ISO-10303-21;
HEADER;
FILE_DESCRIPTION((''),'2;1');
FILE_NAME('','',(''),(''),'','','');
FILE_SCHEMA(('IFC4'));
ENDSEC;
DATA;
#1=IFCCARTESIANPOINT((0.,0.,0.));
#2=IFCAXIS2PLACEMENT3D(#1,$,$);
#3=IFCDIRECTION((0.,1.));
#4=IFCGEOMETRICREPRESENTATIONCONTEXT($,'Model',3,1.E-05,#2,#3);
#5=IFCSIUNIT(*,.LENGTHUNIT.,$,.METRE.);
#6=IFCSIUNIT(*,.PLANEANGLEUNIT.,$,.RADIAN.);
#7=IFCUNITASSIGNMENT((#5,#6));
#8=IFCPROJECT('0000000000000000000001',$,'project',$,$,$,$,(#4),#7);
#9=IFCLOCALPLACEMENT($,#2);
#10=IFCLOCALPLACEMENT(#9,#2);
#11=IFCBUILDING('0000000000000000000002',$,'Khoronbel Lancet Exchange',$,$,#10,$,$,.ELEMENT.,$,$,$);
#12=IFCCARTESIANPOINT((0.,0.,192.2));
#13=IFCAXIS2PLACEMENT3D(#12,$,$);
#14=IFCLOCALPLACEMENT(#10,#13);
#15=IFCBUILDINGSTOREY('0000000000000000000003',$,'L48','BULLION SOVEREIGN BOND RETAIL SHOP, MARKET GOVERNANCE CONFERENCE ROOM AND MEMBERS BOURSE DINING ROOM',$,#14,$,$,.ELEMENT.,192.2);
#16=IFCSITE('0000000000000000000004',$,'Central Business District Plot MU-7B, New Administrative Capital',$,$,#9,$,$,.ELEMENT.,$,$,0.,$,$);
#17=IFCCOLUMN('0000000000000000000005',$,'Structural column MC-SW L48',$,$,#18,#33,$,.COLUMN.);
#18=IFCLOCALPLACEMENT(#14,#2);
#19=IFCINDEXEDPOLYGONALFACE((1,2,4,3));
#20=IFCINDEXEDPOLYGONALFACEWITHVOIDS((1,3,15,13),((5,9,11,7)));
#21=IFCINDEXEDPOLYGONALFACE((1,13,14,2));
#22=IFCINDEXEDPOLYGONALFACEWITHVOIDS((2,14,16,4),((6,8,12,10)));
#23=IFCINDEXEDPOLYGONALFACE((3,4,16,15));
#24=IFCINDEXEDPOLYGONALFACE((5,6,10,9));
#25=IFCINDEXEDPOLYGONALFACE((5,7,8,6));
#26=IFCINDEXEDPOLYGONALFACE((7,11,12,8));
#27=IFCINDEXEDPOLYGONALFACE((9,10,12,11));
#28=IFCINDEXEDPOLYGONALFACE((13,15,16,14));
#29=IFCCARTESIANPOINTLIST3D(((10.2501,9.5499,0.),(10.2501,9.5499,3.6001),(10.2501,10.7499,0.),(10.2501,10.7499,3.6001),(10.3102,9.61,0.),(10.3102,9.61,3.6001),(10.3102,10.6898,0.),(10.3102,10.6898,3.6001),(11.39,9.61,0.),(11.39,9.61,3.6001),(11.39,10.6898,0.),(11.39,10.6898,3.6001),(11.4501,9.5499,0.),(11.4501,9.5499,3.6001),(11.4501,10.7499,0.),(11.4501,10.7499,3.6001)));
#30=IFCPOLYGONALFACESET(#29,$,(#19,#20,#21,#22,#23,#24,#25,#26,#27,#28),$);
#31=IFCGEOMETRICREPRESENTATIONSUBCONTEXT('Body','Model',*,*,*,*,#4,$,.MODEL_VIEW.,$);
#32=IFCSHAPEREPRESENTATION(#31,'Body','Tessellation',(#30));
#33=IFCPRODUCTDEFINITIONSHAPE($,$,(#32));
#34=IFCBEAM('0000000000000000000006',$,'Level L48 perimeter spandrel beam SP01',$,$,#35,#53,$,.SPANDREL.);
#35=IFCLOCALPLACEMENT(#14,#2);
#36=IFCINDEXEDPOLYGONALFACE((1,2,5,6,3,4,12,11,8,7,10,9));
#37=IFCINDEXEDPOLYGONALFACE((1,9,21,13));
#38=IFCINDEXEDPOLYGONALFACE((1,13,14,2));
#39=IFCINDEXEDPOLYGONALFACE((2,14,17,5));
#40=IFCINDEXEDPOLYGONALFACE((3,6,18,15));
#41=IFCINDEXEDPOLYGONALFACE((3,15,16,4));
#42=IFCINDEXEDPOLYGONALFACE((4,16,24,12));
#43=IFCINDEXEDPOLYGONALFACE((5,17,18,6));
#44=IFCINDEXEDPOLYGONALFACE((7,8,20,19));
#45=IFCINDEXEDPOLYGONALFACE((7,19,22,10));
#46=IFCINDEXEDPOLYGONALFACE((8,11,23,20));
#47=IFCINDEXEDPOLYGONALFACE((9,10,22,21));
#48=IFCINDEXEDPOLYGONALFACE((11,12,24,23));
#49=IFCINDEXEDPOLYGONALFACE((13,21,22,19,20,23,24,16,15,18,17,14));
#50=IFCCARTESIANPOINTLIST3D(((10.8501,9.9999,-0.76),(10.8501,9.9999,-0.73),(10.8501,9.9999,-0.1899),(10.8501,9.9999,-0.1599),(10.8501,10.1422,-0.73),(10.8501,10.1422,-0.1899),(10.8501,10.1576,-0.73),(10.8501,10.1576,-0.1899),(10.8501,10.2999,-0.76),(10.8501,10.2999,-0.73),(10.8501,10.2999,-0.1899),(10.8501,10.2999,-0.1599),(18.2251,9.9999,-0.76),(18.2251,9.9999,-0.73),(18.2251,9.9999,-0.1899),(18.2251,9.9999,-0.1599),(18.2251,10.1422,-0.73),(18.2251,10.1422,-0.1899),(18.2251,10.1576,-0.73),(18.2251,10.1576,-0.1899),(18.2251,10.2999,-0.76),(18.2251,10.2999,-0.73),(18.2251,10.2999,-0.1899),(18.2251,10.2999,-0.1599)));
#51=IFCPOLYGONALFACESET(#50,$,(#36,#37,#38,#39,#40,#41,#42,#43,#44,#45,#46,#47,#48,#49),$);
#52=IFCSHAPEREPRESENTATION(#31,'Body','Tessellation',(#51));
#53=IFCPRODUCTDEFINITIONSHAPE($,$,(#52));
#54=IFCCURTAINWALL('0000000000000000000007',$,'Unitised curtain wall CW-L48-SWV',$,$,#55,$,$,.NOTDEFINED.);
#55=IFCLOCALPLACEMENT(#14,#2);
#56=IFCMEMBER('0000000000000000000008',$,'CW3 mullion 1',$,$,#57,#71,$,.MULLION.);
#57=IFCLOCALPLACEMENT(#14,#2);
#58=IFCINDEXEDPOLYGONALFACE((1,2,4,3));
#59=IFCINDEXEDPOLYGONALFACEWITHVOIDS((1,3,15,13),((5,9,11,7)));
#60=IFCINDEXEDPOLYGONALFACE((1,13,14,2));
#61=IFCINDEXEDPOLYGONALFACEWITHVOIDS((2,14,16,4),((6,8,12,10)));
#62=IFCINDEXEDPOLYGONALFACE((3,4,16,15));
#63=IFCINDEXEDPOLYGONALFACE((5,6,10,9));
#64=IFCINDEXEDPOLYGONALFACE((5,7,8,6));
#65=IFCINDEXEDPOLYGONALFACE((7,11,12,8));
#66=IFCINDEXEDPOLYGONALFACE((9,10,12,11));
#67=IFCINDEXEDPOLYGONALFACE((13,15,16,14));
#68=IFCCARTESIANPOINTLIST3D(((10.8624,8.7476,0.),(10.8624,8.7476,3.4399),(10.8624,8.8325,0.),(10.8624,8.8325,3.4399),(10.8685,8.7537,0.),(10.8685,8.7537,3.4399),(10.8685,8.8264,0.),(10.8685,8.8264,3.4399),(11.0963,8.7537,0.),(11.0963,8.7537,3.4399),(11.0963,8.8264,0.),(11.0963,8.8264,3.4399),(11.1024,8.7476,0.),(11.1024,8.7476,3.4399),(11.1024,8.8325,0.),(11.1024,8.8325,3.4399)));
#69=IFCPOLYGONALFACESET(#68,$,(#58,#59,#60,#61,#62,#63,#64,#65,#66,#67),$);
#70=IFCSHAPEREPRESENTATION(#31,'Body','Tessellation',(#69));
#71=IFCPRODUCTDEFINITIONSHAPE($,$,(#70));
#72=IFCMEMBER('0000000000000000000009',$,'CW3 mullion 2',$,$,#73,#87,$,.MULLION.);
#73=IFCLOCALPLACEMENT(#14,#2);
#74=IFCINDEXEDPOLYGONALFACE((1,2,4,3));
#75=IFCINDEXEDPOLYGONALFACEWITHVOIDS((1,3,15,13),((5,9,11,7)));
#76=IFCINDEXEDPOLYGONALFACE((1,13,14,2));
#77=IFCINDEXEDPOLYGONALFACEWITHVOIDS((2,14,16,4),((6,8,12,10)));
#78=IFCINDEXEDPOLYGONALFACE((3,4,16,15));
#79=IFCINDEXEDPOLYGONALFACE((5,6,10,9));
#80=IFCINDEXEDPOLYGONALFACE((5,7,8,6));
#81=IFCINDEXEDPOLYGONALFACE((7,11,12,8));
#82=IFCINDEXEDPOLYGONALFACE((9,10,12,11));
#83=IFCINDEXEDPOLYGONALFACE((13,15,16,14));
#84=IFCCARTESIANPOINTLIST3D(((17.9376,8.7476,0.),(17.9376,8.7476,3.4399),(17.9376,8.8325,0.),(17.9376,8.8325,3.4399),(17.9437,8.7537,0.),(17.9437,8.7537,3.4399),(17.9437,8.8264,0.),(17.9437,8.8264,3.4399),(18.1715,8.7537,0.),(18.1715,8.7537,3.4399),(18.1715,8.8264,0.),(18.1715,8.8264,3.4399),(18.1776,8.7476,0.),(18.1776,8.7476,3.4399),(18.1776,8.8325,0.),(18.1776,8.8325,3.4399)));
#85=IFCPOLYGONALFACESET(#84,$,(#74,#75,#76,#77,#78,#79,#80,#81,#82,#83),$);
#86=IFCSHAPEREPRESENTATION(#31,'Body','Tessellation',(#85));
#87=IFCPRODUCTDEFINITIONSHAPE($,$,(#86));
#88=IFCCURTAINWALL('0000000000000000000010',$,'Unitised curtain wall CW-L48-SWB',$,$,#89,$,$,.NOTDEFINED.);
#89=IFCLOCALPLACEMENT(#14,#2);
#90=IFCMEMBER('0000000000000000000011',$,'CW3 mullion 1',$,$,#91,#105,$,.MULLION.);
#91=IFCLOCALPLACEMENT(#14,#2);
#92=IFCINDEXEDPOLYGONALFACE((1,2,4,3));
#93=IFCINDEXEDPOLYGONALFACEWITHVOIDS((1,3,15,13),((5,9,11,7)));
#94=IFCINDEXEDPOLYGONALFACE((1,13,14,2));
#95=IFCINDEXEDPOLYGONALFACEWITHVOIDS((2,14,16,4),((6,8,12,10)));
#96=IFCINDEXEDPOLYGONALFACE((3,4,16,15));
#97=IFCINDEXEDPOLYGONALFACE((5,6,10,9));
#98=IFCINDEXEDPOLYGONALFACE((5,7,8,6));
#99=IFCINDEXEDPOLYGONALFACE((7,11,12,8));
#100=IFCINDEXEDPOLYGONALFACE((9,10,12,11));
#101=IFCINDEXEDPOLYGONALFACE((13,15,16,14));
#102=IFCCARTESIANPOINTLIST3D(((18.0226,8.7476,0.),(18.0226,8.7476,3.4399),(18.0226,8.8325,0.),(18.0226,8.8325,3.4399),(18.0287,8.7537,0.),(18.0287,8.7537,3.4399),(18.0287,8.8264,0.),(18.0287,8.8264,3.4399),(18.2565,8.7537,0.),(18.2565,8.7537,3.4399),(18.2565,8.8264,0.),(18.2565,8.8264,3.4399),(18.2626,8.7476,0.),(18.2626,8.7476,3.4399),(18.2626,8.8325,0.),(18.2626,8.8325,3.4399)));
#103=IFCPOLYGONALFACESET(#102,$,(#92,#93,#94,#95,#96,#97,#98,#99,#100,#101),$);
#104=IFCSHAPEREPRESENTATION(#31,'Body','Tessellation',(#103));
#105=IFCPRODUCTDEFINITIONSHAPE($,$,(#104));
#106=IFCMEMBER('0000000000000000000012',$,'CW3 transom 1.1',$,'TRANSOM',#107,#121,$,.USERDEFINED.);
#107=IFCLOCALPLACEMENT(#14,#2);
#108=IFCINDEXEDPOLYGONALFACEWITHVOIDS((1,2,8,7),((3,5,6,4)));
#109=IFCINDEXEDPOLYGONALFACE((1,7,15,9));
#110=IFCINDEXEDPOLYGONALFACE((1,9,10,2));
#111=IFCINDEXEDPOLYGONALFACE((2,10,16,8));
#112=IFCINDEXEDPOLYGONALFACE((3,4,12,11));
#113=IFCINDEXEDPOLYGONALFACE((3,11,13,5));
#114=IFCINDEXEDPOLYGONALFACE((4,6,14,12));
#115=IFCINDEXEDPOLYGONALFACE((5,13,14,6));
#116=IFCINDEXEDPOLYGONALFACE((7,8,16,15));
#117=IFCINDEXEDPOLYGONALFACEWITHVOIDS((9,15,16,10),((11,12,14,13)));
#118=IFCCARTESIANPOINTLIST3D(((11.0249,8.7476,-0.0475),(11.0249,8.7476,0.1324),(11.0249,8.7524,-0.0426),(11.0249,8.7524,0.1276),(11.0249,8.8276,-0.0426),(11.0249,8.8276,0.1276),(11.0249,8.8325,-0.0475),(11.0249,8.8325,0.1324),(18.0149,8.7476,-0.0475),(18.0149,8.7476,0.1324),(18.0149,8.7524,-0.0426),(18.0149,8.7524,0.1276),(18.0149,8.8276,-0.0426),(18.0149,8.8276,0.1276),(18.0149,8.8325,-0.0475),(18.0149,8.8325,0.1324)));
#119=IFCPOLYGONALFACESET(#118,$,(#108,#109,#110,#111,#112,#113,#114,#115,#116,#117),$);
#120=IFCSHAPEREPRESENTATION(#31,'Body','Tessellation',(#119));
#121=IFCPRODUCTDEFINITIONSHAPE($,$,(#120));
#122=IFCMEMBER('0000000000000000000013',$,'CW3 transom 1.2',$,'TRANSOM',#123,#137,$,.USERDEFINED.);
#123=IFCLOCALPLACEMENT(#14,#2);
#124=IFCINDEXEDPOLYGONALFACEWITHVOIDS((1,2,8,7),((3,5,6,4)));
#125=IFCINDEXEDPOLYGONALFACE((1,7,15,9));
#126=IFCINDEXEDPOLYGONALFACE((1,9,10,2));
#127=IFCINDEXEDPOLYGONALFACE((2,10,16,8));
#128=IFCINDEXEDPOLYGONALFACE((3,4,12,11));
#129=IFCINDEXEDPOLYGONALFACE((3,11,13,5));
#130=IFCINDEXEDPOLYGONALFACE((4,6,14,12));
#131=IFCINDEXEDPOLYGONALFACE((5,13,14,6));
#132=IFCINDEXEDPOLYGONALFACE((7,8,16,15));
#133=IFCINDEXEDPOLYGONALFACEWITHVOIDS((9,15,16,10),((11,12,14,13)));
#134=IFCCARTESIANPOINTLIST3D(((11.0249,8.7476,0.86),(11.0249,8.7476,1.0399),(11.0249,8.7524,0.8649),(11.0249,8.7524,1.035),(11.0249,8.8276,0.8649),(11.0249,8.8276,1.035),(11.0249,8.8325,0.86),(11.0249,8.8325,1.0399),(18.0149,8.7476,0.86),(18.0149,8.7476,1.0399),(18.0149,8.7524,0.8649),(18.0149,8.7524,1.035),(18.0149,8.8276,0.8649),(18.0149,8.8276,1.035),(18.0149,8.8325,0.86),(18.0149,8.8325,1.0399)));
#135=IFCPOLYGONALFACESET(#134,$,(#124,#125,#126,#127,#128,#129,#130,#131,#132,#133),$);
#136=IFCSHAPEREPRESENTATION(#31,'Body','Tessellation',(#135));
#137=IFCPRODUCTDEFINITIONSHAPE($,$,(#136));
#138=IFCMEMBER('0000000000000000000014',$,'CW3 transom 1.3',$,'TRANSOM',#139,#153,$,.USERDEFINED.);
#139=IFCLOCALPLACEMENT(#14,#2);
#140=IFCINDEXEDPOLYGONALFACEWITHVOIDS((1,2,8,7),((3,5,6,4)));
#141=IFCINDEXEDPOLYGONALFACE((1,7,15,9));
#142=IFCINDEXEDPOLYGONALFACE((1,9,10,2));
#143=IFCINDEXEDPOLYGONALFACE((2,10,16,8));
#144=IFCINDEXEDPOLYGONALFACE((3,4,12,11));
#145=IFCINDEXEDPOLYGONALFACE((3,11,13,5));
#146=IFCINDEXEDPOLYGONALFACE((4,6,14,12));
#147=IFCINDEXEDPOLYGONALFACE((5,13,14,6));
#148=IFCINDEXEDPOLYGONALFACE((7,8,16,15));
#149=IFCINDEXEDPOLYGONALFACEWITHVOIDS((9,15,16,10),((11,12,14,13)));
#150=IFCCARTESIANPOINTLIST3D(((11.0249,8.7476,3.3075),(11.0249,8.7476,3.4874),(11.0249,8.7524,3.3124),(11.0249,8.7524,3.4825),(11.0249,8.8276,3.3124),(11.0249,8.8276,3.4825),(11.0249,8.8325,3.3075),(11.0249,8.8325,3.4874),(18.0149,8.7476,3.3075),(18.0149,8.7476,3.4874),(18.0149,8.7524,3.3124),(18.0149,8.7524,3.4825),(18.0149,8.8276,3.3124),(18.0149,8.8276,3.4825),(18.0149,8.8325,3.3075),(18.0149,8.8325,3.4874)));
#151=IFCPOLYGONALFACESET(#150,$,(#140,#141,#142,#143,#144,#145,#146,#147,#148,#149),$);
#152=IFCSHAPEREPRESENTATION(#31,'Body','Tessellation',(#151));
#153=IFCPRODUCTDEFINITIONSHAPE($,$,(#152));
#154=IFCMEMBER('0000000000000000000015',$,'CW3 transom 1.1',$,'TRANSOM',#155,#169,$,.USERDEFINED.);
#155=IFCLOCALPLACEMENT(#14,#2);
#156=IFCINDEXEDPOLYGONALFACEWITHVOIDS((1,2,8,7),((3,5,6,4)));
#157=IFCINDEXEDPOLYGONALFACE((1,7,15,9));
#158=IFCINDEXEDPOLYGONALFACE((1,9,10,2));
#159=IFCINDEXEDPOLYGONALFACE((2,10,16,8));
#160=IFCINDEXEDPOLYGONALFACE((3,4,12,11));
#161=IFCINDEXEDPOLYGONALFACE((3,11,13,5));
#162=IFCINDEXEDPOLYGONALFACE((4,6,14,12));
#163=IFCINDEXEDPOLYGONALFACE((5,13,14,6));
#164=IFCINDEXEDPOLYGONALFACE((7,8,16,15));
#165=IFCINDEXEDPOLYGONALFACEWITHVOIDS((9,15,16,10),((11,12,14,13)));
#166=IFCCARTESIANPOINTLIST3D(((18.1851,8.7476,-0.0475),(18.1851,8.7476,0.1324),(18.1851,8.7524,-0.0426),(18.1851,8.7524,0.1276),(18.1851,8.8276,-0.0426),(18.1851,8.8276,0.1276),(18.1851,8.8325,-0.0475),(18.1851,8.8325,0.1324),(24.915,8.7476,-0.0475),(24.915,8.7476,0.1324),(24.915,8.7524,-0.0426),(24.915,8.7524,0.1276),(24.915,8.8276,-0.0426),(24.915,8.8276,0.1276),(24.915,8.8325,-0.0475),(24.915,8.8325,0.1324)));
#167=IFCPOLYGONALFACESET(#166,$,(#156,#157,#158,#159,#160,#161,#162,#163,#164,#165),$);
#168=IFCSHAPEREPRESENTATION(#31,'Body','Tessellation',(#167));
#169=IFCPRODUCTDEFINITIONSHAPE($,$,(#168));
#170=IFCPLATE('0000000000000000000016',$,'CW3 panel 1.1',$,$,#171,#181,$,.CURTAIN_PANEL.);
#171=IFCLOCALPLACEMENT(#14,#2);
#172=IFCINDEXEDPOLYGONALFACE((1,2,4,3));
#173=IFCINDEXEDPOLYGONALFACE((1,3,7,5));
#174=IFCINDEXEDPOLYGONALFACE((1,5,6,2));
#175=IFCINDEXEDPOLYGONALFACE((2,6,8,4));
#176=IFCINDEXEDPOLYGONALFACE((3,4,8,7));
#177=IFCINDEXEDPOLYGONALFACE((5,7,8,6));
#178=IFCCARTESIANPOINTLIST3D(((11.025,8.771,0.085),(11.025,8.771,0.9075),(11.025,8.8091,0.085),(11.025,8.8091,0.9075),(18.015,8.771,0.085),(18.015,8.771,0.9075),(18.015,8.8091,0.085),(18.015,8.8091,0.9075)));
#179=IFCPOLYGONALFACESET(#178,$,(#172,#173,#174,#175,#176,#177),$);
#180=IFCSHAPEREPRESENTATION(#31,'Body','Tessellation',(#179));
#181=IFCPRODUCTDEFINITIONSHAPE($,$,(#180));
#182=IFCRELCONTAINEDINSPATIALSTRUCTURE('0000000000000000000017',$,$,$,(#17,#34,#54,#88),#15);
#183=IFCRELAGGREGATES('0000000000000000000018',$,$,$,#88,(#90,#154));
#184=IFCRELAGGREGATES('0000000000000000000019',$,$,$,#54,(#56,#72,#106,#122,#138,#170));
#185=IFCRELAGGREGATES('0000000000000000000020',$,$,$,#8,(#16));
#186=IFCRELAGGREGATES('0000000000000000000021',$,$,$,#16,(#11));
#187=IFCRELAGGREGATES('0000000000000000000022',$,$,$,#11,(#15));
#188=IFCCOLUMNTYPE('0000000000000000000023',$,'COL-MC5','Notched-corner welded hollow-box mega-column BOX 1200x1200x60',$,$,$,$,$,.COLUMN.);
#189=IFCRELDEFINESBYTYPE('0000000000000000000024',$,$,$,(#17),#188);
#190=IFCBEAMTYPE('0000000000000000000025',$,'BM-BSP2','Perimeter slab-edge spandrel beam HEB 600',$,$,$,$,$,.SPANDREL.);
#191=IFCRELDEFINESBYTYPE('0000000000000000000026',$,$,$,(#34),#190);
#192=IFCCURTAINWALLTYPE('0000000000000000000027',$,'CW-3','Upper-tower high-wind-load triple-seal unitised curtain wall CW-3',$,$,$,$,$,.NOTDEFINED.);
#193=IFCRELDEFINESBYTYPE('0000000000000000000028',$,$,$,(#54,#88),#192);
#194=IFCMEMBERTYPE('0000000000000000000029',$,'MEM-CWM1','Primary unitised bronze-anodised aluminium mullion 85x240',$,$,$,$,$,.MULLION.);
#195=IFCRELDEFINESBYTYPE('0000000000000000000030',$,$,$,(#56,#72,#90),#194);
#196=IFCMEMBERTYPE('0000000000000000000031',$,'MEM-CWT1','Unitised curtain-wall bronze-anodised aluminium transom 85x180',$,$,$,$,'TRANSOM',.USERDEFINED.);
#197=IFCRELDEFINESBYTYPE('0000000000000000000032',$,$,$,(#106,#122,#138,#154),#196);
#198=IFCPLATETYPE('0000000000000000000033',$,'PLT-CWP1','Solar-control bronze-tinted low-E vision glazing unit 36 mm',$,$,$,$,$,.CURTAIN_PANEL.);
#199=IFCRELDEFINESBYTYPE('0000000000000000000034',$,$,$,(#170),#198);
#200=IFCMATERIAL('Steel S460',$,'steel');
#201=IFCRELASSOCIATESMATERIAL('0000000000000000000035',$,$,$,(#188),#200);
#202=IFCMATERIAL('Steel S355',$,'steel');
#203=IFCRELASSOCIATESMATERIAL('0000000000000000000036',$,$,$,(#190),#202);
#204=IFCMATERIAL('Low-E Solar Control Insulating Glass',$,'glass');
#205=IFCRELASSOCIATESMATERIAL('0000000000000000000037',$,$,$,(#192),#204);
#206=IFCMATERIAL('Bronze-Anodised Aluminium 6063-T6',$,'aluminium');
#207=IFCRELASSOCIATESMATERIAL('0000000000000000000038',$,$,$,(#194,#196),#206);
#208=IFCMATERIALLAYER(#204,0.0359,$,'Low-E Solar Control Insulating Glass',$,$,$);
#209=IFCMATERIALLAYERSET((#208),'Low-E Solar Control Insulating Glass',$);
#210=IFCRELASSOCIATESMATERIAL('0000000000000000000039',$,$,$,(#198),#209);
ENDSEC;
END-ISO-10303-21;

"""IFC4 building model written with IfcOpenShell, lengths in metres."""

from ifc_helpers import new_model, si_unit, direction, frame, origin, origin_2d, place, context, subcontext, project, spatial, rectangle, hollow_rectangle, i_section, extrude, material, layer, layer_set, material_profile, profile_set, type_object, element, aggregate, save


model = new_model("IFC4")

# Units and contexts
model_context = context("Model", 3, precision=1e-05, world=origin(), true_north=direction((0.0, 1.0)))
body_context = subcontext(model_context, "Body", "Model", "MODEL_VIEW")
ifc_project = project(units=[si_unit("LENGTHUNIT", "METRE"), si_unit("PLANEANGLEUNIT", "RADIAN")], contexts=[model_context])

# Site, building, storey
site_placement = place(None, origin())
site = spatial("IfcSite", under=ifc_project, at=site_placement, Name="Central Business District Plot MU-7B, New Administrative Capital", CompositionType="ELEMENT", RefElevation=0.0)
building_placement = place(site_placement, origin())
building = spatial("IfcBuilding", under=site, at=building_placement, Name="Khoronbel Lancet Exchange", CompositionType="ELEMENT")
storey_placement = place(building_placement, frame((0.0, 0.0, 192.2)))
storey = spatial("IfcBuildingStorey", under=building, at=storey_placement, Name="L48", Description="BULLION SOVEREIGN BOND RETAIL SHOP, MARKET GOVERNANCE CONFERENCE ROOM AND MEMBERS BOURSE DINING ROOM", CompositionType="ELEMENT", Elevation=192.2)

# Column
ifc_material_1 = material(Name="Steel S460", Category="steel")
ifc_material_profile_1 = material_profile(ifc_material_1, hollow_rectangle(XDim=1.2, YDim=1.2, WallThickness=0.0601, at=origin_2d()), Name="BOX 1200x1200x60")
ifc_profile_set_1 = profile_set([ifc_material_profile_1], Name="Steel S460")
column_type = type_object("IfcColumnType", Name="COL-MC5", Description="Notched-corner welded hollow-box mega-column BOX 1200x1200x60", PredefinedType="COLUMN", material=ifc_profile_set_1)
column_placement = place(storey_placement, frame((10.8501, 10.1499, 0.0), z_axis=(0.0, 0.0, 1.0), x_axis=(1.0, 0.0, 0.0)))
element("IfcColumn", 1, at=column_placement, inside=storey, type_object=column_type, Name="Structural column MC-SW L48", PredefinedType="COLUMN", context=body_context, shape_type="SweptSolid", body=[
    extrude(hollow_rectangle(XDim=1.2, YDim=1.2, WallThickness=0.0601, at=origin_2d()), origin(), (0.0, 0.0, 1.0), 3.6001),
])

# Beam
ifc_material_2 = material(Name="Steel S355", Category="steel")
ifc_material_profile_2 = material_profile(ifc_material_2, i_section(OverallWidth=0.3, OverallDepth=0.6001, WebThickness=0.0154, FlangeThickness=0.03, at=origin_2d()), Name="HEB 600")
ifc_profile_set_2 = profile_set([ifc_material_profile_2], Name="Steel S355")
beam_type = type_object("IfcBeamType", Name="BM-BSP2", Description="Perimeter slab-edge spandrel beam HEB 600", PredefinedType="SPANDREL", material=ifc_profile_set_2)
beam_placement = place(storey_placement, frame((10.8501, 10.1499, -0.46), z_axis=(1.0, 0.0, 0.0), x_axis=(0.0, 1.0, 0.0)))
element("IfcBeam", 2, at=beam_placement, inside=storey, type_object=beam_type, Name="Level L48 perimeter spandrel beam SP01", PredefinedType="SPANDREL", context=body_context, shape_type="SweptSolid", body=[
    extrude(i_section(OverallWidth=0.3, OverallDepth=0.6001, WebThickness=0.0154, FlangeThickness=0.03, at=origin_2d()), origin(), (0.0, 0.0, 1.0), 7.375),
])

# Curtain wall, members
ifc_material_3 = material(Name="Low-E Solar Control Insulating Glass", Category="glass")
curtain_wall_type = type_object("IfcCurtainWallType", Name="CW-3", Description="Upper-tower high-wind-load triple-seal unitised curtain wall CW-3", PredefinedType="NOTDEFINED", material=ifc_material_3)
curtain_wall_1_placement = place(storey_placement, origin())
curtain_wall_1 = element("IfcCurtainWall", 3, at=curtain_wall_1_placement, inside=storey, type_object=curtain_wall_type, Name="Unitised curtain wall CW-L48-SWV", PredefinedType="NOTDEFINED")
ifc_material_4 = material(Name="Bronze-Anodised Aluminium 6063-T6", Category="aluminium")
ifc_material_profile_3 = material_profile(ifc_material_4, hollow_rectangle(XDim=0.085, YDim=0.24, WallThickness=0.0061, at=origin_2d()), Name="ALU MULLION 85x240")
ifc_profile_set_3 = profile_set([ifc_material_profile_3], Name="Bronze-Anodised Aluminium 6063-T6")
member_type_1 = type_object("IfcMemberType", Name="MEM-CWM1", Description="Primary unitised bronze-anodised aluminium mullion 85x240", PredefinedType="MULLION", material=ifc_profile_set_3)
member_1_placement = place(storey_placement, frame((10.9824, 8.79, 0.0), z_axis=(0.0, 0.0, 1.0), x_axis=(0.0, 1.0, 0.0)))
member_1 = element("IfcMember", 4, at=member_1_placement, type_object=member_type_1, Name="CW3 mullion 1", PredefinedType="MULLION", context=body_context, shape_type="SweptSolid", body=[
    extrude(hollow_rectangle(XDim=0.085, YDim=0.24, WallThickness=0.0061, at=origin_2d()), origin(), (0.0, 0.0, 1.0), 3.4399),
])
member_2_placement = place(storey_placement, frame((18.0576, 8.79, 0.0), z_axis=(0.0, 0.0, 1.0), x_axis=(0.0, 1.0, 0.0)))
member_2 = element("IfcMember", 5, at=member_2_placement, type_object=member_type_1, Name="CW3 mullion 2", PredefinedType="MULLION", context=body_context, shape_type="SweptSolid", body=[
    extrude(hollow_rectangle(XDim=0.085, YDim=0.24, WallThickness=0.0061, at=origin_2d()), origin(), (0.0, 0.0, 1.0), 3.4399),
])

# Curtain wall, member
curtain_wall_2_placement = place(storey_placement, origin())
curtain_wall_2 = element("IfcCurtainWall", 6, at=curtain_wall_2_placement, inside=storey, type_object=curtain_wall_type, Name="Unitised curtain wall CW-L48-SWB", PredefinedType="NOTDEFINED")
member_3_placement = place(storey_placement, frame((18.1426, 8.79, 0.0), z_axis=(0.0, 0.0, 1.0), x_axis=(0.0, 1.0, 0.0)))
member_3 = element("IfcMember", 7, at=member_3_placement, type_object=member_type_1, Name="CW3 mullion 1", PredefinedType="MULLION", context=body_context, shape_type="SweptSolid", body=[
    extrude(hollow_rectangle(XDim=0.085, YDim=0.24, WallThickness=0.0061, at=origin_2d()), origin(), (0.0, 0.0, 1.0), 3.4399),
])

# Members
ifc_material_profile_4 = material_profile(ifc_material_4, hollow_rectangle(XDim=0.085, YDim=0.1799, WallThickness=0.0049, at=origin_2d()), Name="ALU TRANSOM 85x180")
ifc_profile_set_4 = profile_set([ifc_material_profile_4], Name="Bronze-Anodised Aluminium 6063-T6")
member_type_2 = type_object("IfcMemberType", Name="MEM-CWT1", Description="Unitised curtain-wall bronze-anodised aluminium transom 85x180", ElementType="TRANSOM", PredefinedType="USERDEFINED", material=ifc_profile_set_4)
member_4_placement = place(storey_placement, frame((11.0249, 8.79, 0.0425), z_axis=(1.0, 0.0, 0.0), x_axis=(0.0, 1.0, 0.0)))
member_4 = element("IfcMember", 8, at=member_4_placement, type_object=member_type_2, Name="CW3 transom 1.1", ObjectType="TRANSOM", PredefinedType="USERDEFINED", context=body_context, shape_type="SweptSolid", body=[
    extrude(hollow_rectangle(XDim=0.085, YDim=0.1799, WallThickness=0.0049, at=origin_2d()), origin(), (0.0, 0.0, 1.0), 6.99),
])
member_5_placement = place(storey_placement, frame((11.0249, 8.79, 0.95), z_axis=(1.0, 0.0, 0.0), x_axis=(0.0, 1.0, 0.0)))
member_5 = element("IfcMember", 9, at=member_5_placement, type_object=member_type_2, Name="CW3 transom 1.2", ObjectType="TRANSOM", PredefinedType="USERDEFINED", context=body_context, shape_type="SweptSolid", body=[
    extrude(hollow_rectangle(XDim=0.085, YDim=0.1799, WallThickness=0.0049, at=origin_2d()), origin(), (0.0, 0.0, 1.0), 6.99),
])
member_6_placement = place(storey_placement, frame((11.0249, 8.79, 3.3975), z_axis=(1.0, 0.0, 0.0), x_axis=(0.0, 1.0, 0.0)))
member_6 = element("IfcMember", 10, at=member_6_placement, type_object=member_type_2, Name="CW3 transom 1.3", ObjectType="TRANSOM", PredefinedType="USERDEFINED", context=body_context, shape_type="SweptSolid", body=[
    extrude(hollow_rectangle(XDim=0.085, YDim=0.1799, WallThickness=0.0049, at=origin_2d()), origin(), (0.0, 0.0, 1.0), 6.99),
])
member_7_placement = place(storey_placement, frame((18.1851, 8.79, 0.0425), z_axis=(1.0, 0.0, 0.0), x_axis=(0.0, 1.0, 0.0)))
member_7 = element("IfcMember", 11, at=member_7_placement, type_object=member_type_2, Name="CW3 transom 1.1", ObjectType="TRANSOM", PredefinedType="USERDEFINED", context=body_context, shape_type="SweptSolid", body=[
    extrude(hollow_rectangle(XDim=0.085, YDim=0.1799, WallThickness=0.0049, at=origin_2d()), origin(), (0.0, 0.0, 1.0), 6.73),
])
aggregate(curtain_wall_2, [member_3, member_7])

# Plate
ifc_layer_1 = layer(ifc_material_3, 0.0359, Name="Low-E Solar Control Insulating Glass")
ifc_layer_set_1 = layer_set([ifc_layer_1], Name="Low-E Solar Control Insulating Glass")
plate_type = type_object("IfcPlateType", Name="PLT-CWP1", Description="Solar-control bronze-tinted low-E vision glazing unit 36 mm", PredefinedType="CURTAIN_PANEL", material=ifc_layer_set_1)
plate_1_placement = place(storey_placement, frame((14.52, 8.79, 0.085), z_axis=(0.0, 0.0, 1.0), x_axis=(1.0, 0.0, 0.0)))
plate_1 = element("IfcPlate", 12, at=plate_1_placement, type_object=plate_type, Name="CW3 panel 1.1", PredefinedType="CURTAIN_PANEL", context=body_context, shape_type="SweptSolid", body=[
    extrude(rectangle(XDim=6.99, YDim=0.0381, at=origin_2d()), origin(), (0.0, 0.0, 1.0), 0.8225),
])
aggregate(curtain_wall_1, [member_1, member_2, member_4, member_5, member_6, plate_1])

save(model, "model.ifc")
